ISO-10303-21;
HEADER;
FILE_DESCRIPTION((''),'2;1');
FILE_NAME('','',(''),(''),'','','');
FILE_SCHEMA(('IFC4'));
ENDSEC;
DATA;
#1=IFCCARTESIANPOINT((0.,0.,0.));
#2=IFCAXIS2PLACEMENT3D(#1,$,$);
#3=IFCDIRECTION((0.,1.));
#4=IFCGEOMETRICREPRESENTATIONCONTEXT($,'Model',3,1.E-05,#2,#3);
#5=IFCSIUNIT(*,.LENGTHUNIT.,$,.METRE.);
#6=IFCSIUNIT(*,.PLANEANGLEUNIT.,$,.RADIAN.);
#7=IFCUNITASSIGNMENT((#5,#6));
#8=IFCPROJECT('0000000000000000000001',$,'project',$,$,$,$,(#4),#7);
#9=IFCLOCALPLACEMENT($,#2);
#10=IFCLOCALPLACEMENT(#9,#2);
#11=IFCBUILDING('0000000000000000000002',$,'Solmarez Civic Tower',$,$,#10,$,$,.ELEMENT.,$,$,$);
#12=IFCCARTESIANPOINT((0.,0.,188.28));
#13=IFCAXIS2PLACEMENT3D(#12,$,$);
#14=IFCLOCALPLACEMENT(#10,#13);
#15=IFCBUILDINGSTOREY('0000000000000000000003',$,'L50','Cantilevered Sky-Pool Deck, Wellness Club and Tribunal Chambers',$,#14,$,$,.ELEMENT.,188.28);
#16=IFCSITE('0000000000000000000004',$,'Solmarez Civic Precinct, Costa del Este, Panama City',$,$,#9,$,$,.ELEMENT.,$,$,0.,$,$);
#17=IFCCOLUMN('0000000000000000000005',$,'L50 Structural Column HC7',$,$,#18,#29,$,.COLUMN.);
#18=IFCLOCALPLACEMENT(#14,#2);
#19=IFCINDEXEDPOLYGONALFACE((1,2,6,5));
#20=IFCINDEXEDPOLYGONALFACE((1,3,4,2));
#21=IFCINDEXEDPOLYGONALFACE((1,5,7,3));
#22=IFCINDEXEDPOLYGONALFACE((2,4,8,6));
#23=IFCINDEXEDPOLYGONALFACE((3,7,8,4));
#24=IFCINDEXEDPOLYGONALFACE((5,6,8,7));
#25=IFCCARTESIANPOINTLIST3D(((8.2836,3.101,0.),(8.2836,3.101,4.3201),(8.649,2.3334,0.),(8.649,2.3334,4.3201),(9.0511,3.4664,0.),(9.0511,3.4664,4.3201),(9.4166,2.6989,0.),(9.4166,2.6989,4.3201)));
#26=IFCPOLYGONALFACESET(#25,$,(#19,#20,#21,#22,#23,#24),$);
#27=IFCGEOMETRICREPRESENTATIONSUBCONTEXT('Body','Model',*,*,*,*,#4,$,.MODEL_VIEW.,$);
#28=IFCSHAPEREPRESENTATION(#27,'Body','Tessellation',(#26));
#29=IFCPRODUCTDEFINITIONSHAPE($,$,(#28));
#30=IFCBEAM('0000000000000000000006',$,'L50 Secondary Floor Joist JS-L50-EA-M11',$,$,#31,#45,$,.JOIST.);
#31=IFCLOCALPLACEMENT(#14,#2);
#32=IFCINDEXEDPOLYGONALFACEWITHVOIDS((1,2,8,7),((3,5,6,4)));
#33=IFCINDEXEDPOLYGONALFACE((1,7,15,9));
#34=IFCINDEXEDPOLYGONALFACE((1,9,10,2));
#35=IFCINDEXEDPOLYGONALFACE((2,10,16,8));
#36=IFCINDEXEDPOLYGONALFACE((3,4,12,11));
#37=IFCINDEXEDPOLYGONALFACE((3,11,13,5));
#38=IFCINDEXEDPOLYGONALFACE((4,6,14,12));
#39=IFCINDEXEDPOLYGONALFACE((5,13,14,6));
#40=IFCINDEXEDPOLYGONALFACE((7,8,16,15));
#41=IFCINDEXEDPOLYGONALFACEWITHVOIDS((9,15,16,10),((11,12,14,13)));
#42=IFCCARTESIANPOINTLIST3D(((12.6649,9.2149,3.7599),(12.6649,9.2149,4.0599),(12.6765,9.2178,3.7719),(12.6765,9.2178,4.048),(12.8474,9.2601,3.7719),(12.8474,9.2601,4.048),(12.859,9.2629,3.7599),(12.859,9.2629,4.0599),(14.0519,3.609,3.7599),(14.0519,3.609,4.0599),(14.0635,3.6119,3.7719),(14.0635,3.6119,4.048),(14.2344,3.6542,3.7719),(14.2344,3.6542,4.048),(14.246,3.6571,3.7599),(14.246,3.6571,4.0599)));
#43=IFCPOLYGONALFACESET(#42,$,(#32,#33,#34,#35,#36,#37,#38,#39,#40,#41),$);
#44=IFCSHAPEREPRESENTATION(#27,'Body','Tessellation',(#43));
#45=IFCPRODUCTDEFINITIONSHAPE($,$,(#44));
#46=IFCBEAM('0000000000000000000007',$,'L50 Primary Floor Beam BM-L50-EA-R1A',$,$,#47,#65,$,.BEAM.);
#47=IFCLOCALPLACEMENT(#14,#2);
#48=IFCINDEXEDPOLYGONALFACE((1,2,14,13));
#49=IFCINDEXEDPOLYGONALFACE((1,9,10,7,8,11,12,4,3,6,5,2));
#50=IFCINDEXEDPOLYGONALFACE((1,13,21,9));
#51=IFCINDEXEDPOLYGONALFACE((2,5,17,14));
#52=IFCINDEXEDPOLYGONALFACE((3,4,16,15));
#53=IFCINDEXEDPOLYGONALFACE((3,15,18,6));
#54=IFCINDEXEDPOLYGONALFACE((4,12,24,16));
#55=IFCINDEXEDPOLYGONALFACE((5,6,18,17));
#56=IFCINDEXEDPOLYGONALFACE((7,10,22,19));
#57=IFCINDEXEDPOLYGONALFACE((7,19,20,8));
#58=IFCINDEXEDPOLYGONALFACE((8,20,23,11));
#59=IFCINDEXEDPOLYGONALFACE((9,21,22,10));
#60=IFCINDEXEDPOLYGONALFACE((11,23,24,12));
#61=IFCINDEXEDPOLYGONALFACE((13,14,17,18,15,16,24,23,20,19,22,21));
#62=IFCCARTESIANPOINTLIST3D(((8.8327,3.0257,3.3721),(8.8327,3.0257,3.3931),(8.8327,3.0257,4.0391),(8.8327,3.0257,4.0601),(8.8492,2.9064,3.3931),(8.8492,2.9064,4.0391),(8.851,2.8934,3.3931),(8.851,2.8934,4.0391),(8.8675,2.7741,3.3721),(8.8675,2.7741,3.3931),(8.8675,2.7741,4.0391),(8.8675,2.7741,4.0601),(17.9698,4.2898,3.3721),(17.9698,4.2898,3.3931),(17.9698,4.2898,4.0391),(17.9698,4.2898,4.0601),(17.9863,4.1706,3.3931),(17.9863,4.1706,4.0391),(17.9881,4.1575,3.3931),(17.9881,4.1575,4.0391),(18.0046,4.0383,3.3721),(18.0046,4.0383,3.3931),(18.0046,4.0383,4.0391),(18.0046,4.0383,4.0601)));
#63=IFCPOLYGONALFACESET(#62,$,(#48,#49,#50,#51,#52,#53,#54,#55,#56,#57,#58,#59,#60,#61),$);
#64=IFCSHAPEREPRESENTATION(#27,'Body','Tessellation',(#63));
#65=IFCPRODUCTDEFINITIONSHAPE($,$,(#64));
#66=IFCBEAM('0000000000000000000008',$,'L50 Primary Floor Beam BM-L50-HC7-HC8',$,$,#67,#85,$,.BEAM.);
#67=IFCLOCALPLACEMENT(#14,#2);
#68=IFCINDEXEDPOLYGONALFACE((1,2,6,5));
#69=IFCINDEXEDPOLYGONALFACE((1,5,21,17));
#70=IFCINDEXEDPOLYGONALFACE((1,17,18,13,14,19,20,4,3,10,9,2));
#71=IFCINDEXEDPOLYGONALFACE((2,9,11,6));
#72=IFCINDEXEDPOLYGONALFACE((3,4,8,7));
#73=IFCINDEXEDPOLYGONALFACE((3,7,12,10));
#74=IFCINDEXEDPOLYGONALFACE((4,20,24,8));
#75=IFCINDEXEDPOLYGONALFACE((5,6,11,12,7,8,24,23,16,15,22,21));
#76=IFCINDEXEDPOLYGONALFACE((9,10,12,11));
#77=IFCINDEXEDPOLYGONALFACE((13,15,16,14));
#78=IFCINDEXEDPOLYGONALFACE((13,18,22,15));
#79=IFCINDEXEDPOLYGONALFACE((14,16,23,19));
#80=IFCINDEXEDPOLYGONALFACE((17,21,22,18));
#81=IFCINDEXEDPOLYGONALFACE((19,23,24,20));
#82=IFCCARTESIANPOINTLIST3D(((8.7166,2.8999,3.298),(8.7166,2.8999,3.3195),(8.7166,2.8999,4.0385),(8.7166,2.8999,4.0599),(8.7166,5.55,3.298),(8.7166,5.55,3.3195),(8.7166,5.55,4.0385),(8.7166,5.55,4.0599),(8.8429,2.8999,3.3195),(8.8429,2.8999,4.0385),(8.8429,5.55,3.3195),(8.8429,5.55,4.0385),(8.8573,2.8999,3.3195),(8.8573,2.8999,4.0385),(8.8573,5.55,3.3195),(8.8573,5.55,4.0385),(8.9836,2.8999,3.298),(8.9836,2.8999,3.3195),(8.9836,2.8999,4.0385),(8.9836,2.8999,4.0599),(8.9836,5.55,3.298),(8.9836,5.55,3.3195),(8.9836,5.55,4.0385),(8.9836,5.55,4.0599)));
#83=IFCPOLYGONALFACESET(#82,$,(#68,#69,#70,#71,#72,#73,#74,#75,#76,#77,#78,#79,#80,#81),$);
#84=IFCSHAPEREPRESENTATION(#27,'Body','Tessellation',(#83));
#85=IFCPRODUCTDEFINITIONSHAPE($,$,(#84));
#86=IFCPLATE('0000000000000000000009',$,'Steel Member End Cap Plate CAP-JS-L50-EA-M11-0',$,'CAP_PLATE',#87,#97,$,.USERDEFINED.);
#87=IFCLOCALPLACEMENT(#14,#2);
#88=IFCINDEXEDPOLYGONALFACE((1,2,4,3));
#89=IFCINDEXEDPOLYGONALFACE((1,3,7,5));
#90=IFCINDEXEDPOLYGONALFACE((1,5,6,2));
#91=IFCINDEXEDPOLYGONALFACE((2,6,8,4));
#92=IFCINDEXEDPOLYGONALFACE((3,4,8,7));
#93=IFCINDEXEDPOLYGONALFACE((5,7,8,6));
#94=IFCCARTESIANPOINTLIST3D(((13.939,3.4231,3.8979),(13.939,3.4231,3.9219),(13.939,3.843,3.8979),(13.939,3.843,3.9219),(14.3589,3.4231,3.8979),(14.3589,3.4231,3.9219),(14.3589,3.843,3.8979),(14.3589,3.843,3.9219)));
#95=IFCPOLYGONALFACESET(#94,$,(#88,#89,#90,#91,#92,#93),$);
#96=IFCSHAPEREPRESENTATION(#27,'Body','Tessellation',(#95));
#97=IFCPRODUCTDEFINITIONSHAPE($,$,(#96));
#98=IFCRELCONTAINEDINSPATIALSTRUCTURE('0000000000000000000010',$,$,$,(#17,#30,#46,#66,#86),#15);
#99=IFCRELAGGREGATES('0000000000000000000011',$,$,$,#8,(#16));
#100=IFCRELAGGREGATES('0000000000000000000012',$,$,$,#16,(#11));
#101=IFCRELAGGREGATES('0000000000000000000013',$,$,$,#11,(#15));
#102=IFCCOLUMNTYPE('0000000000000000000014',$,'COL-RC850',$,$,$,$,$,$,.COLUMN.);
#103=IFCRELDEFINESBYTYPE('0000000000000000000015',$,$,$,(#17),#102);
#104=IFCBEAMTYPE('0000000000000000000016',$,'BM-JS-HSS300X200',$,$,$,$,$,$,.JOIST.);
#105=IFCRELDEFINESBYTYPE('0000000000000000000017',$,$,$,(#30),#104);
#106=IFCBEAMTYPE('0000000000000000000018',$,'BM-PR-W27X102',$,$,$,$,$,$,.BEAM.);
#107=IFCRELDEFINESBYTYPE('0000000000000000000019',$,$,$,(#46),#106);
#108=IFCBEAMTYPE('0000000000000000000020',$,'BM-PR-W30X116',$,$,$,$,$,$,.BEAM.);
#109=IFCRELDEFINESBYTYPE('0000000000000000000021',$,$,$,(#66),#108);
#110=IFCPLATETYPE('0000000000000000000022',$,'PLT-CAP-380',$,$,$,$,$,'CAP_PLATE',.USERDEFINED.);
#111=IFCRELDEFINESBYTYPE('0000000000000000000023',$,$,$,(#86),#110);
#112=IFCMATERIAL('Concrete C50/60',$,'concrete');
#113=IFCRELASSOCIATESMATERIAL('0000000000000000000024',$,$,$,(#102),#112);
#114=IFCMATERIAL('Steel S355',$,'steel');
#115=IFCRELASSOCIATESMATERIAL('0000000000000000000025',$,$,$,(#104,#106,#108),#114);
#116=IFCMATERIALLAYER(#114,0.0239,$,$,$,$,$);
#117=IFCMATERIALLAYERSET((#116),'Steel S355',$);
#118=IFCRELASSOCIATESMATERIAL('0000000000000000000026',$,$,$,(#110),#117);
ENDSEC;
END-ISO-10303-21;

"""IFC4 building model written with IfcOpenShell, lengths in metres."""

from ifc_helpers import new_model, si_unit, direction, frame, origin, origin_2d, place, context, subcontext, project, spatial, rectangle, hollow_rectangle, i_section, extrude, material, layer, layer_set, material_profile, profile_set, type_object, element, save


model = new_model("IFC4")

# Units and contexts
model_context = context("Model", 3, precision=1e-05, world=origin(), true_north=direction((0.0, 1.0)))
body_context = subcontext(model_context, "Body", "Model", "MODEL_VIEW")
ifc_project = project(units=[si_unit("LENGTHUNIT", "METRE"), si_unit("PLANEANGLEUNIT", "RADIAN")], contexts=[model_context])

# Site, building, storey
site_placement = place(None, origin())
site = spatial("IfcSite", under=ifc_project, at=site_placement, Name="Solmarez Civic Precinct, Costa del Este, Panama City", CompositionType="ELEMENT", RefElevation=0.0)
building_placement = place(site_placement, origin())
building = spatial("IfcBuilding", under=site, at=building_placement, Name="Solmarez Civic Tower", CompositionType="ELEMENT")
storey_placement = place(building_placement, frame((0.0, 0.0, 188.28)))
storey = spatial("IfcBuildingStorey", under=building, at=storey_placement, Name="L50", Description="Cantilevered Sky-Pool Deck, Wellness Club and Tribunal Chambers", CompositionType="ELEMENT", Elevation=188.28)

# Column
ifc_material_1 = material(Name="Concrete C50/60", Category="concrete")
ifc_material_profile_1 = material_profile(ifc_material_1, rectangle(XDim=0.8501, YDim=0.8501, at=origin_2d()), Name="RC850X850")
ifc_profile_set_1 = profile_set([ifc_material_profile_1], Name="Concrete C50/60")
column_type = type_object("IfcColumnType", Name="COL-RC850", PredefinedType="COLUMN", material=ifc_profile_set_1)
column_placement = place(storey_placement, frame((8.8501, 2.8999, 0.0), z_axis=(0.0, 0.0, 1.0), x_axis=(0.902886, 0.429881, 0.0)))
element("IfcColumn", 1, at=column_placement, inside=storey, type_object=column_type, Name="L50 Structural Column HC7", PredefinedType="COLUMN", context=body_context, shape_type="SweptSolid", body=[
    extrude(rectangle(XDim=0.8501, YDim=0.8501, at=origin_2d()), origin(), (0.0, 0.0, 1.0), 4.3201),
])

# Beams
ifc_material_2 = material(Name="Steel S355", Category="steel")
ifc_material_profile_2 = material_profile(ifc_material_2, hollow_rectangle(XDim=0.2, YDim=0.3, WallThickness=0.012, at=origin_2d()), Name="HSS300X200X12")
ifc_profile_set_2 = profile_set([ifc_material_profile_2], Name="Steel S355")
beam_type_1 = type_object("IfcBeamType", Name="BM-JS-HSS300X200", PredefinedType="JOIST", material=ifc_profile_set_2)
beam_1_placement = place(storey_placement, frame((14.1489, 3.6331, 3.9099), z_axis=(-0.240167, 0.970731, 0.0), x_axis=(-0.970731, -0.240167, 0.0)))
element("IfcBeam", 2, at=beam_1_placement, inside=storey, type_object=beam_type_1, Name="L50 Secondary Floor Joist JS-L50-EA-M11", PredefinedType="JOIST", context=body_context, shape_type="SweptSolid", body=[
    extrude(hollow_rectangle(XDim=0.2, YDim=0.3, WallThickness=0.012, at=origin_2d()), origin(), (0.0, 0.0, 1.0), 5.7749),
])
ifc_material_profile_3 = material_profile(ifc_material_2, i_section(OverallWidth=0.2539, OverallDepth=0.688, WebThickness=0.0132, FlangeThickness=0.021, at=origin_2d()), Name="W27X102")
ifc_profile_set_3 = profile_set([ifc_material_profile_3], Name="Steel S355")
beam_type_2 = type_object("IfcBeamType", Name="BM-PR-W27X102", PredefinedType="BEAM", material=ifc_profile_set_3)
beam_2_placement = place(storey_placement, frame((8.8501, 2.8999, 3.7161), z_axis=(0.990564, 0.137051, 0.0), x_axis=(-0.137051, 0.990564, 0.0)))
element("IfcBeam", 3, at=beam_2_placement, inside=storey, type_object=beam_type_2, Name="L50 Primary Floor Beam BM-L50-EA-R1A", PredefinedType="BEAM", context=body_context, shape_type="SweptSolid", body=[
    extrude(i_section(OverallWidth=0.2539, OverallDepth=0.688, WebThickness=0.0132, FlangeThickness=0.021, at=origin_2d()), origin(), (0.0, 0.0, 1.0), 9.2241),
])
ifc_material_profile_4 = material_profile(ifc_material_2, i_section(OverallWidth=0.2671, OverallDepth=0.762, WebThickness=0.0144, FlangeThickness=0.0215, at=origin_2d()), Name="W30X116")
ifc_profile_set_4 = profile_set([ifc_material_profile_4], Name="Steel S355")
beam_type_3 = type_object("IfcBeamType", Name="BM-PR-W30X116", PredefinedType="BEAM", material=ifc_profile_set_4)
beam_3_placement = place(storey_placement, frame((8.8501, 2.8999, 3.679), z_axis=(0.0, 1.0, 0.0), x_axis=(-1.0, 0.0, 0.0)))
element("IfcBeam", 4, at=beam_3_placement, inside=storey, type_object=beam_type_3, Name="L50 Primary Floor Beam BM-L50-HC7-HC8", PredefinedType="BEAM", context=body_context, shape_type="SweptSolid", body=[
    extrude(i_section(OverallWidth=0.2671, OverallDepth=0.762, WebThickness=0.0144, FlangeThickness=0.0215, at=origin_2d()), origin(), (0.0, 0.0, 1.0), 2.6501),
])

# Plate
ifc_layer_1 = layer(ifc_material_2, 0.0239)
ifc_layer_set_1 = layer_set([ifc_layer_1], Name="Steel S355")
plate_type = type_object("IfcPlateType", Name="PLT-CAP-380", ElementType="CAP_PLATE", PredefinedType="USERDEFINED", material=ifc_layer_set_1)
plate_placement = place(storey_placement, frame((14.1489, 3.6331, 3.8979), z_axis=(0.0, 0.0, 1.0), x_axis=(1.0, 0.0, 0.0)))
element("IfcPlate", 5, at=plate_placement, inside=storey, type_object=plate_type, Name="Steel Member End Cap Plate CAP-JS-L50-EA-M11-0", ObjectType="CAP_PLATE", PredefinedType="USERDEFINED", context=body_context, shape_type="SweptSolid", body=[
    extrude(rectangle(XDim=0.4199, YDim=0.4199, at=origin_2d()), origin(), (0.0, 0.0, 1.0), 0.0239),
])

save(model, "model.ifc")
